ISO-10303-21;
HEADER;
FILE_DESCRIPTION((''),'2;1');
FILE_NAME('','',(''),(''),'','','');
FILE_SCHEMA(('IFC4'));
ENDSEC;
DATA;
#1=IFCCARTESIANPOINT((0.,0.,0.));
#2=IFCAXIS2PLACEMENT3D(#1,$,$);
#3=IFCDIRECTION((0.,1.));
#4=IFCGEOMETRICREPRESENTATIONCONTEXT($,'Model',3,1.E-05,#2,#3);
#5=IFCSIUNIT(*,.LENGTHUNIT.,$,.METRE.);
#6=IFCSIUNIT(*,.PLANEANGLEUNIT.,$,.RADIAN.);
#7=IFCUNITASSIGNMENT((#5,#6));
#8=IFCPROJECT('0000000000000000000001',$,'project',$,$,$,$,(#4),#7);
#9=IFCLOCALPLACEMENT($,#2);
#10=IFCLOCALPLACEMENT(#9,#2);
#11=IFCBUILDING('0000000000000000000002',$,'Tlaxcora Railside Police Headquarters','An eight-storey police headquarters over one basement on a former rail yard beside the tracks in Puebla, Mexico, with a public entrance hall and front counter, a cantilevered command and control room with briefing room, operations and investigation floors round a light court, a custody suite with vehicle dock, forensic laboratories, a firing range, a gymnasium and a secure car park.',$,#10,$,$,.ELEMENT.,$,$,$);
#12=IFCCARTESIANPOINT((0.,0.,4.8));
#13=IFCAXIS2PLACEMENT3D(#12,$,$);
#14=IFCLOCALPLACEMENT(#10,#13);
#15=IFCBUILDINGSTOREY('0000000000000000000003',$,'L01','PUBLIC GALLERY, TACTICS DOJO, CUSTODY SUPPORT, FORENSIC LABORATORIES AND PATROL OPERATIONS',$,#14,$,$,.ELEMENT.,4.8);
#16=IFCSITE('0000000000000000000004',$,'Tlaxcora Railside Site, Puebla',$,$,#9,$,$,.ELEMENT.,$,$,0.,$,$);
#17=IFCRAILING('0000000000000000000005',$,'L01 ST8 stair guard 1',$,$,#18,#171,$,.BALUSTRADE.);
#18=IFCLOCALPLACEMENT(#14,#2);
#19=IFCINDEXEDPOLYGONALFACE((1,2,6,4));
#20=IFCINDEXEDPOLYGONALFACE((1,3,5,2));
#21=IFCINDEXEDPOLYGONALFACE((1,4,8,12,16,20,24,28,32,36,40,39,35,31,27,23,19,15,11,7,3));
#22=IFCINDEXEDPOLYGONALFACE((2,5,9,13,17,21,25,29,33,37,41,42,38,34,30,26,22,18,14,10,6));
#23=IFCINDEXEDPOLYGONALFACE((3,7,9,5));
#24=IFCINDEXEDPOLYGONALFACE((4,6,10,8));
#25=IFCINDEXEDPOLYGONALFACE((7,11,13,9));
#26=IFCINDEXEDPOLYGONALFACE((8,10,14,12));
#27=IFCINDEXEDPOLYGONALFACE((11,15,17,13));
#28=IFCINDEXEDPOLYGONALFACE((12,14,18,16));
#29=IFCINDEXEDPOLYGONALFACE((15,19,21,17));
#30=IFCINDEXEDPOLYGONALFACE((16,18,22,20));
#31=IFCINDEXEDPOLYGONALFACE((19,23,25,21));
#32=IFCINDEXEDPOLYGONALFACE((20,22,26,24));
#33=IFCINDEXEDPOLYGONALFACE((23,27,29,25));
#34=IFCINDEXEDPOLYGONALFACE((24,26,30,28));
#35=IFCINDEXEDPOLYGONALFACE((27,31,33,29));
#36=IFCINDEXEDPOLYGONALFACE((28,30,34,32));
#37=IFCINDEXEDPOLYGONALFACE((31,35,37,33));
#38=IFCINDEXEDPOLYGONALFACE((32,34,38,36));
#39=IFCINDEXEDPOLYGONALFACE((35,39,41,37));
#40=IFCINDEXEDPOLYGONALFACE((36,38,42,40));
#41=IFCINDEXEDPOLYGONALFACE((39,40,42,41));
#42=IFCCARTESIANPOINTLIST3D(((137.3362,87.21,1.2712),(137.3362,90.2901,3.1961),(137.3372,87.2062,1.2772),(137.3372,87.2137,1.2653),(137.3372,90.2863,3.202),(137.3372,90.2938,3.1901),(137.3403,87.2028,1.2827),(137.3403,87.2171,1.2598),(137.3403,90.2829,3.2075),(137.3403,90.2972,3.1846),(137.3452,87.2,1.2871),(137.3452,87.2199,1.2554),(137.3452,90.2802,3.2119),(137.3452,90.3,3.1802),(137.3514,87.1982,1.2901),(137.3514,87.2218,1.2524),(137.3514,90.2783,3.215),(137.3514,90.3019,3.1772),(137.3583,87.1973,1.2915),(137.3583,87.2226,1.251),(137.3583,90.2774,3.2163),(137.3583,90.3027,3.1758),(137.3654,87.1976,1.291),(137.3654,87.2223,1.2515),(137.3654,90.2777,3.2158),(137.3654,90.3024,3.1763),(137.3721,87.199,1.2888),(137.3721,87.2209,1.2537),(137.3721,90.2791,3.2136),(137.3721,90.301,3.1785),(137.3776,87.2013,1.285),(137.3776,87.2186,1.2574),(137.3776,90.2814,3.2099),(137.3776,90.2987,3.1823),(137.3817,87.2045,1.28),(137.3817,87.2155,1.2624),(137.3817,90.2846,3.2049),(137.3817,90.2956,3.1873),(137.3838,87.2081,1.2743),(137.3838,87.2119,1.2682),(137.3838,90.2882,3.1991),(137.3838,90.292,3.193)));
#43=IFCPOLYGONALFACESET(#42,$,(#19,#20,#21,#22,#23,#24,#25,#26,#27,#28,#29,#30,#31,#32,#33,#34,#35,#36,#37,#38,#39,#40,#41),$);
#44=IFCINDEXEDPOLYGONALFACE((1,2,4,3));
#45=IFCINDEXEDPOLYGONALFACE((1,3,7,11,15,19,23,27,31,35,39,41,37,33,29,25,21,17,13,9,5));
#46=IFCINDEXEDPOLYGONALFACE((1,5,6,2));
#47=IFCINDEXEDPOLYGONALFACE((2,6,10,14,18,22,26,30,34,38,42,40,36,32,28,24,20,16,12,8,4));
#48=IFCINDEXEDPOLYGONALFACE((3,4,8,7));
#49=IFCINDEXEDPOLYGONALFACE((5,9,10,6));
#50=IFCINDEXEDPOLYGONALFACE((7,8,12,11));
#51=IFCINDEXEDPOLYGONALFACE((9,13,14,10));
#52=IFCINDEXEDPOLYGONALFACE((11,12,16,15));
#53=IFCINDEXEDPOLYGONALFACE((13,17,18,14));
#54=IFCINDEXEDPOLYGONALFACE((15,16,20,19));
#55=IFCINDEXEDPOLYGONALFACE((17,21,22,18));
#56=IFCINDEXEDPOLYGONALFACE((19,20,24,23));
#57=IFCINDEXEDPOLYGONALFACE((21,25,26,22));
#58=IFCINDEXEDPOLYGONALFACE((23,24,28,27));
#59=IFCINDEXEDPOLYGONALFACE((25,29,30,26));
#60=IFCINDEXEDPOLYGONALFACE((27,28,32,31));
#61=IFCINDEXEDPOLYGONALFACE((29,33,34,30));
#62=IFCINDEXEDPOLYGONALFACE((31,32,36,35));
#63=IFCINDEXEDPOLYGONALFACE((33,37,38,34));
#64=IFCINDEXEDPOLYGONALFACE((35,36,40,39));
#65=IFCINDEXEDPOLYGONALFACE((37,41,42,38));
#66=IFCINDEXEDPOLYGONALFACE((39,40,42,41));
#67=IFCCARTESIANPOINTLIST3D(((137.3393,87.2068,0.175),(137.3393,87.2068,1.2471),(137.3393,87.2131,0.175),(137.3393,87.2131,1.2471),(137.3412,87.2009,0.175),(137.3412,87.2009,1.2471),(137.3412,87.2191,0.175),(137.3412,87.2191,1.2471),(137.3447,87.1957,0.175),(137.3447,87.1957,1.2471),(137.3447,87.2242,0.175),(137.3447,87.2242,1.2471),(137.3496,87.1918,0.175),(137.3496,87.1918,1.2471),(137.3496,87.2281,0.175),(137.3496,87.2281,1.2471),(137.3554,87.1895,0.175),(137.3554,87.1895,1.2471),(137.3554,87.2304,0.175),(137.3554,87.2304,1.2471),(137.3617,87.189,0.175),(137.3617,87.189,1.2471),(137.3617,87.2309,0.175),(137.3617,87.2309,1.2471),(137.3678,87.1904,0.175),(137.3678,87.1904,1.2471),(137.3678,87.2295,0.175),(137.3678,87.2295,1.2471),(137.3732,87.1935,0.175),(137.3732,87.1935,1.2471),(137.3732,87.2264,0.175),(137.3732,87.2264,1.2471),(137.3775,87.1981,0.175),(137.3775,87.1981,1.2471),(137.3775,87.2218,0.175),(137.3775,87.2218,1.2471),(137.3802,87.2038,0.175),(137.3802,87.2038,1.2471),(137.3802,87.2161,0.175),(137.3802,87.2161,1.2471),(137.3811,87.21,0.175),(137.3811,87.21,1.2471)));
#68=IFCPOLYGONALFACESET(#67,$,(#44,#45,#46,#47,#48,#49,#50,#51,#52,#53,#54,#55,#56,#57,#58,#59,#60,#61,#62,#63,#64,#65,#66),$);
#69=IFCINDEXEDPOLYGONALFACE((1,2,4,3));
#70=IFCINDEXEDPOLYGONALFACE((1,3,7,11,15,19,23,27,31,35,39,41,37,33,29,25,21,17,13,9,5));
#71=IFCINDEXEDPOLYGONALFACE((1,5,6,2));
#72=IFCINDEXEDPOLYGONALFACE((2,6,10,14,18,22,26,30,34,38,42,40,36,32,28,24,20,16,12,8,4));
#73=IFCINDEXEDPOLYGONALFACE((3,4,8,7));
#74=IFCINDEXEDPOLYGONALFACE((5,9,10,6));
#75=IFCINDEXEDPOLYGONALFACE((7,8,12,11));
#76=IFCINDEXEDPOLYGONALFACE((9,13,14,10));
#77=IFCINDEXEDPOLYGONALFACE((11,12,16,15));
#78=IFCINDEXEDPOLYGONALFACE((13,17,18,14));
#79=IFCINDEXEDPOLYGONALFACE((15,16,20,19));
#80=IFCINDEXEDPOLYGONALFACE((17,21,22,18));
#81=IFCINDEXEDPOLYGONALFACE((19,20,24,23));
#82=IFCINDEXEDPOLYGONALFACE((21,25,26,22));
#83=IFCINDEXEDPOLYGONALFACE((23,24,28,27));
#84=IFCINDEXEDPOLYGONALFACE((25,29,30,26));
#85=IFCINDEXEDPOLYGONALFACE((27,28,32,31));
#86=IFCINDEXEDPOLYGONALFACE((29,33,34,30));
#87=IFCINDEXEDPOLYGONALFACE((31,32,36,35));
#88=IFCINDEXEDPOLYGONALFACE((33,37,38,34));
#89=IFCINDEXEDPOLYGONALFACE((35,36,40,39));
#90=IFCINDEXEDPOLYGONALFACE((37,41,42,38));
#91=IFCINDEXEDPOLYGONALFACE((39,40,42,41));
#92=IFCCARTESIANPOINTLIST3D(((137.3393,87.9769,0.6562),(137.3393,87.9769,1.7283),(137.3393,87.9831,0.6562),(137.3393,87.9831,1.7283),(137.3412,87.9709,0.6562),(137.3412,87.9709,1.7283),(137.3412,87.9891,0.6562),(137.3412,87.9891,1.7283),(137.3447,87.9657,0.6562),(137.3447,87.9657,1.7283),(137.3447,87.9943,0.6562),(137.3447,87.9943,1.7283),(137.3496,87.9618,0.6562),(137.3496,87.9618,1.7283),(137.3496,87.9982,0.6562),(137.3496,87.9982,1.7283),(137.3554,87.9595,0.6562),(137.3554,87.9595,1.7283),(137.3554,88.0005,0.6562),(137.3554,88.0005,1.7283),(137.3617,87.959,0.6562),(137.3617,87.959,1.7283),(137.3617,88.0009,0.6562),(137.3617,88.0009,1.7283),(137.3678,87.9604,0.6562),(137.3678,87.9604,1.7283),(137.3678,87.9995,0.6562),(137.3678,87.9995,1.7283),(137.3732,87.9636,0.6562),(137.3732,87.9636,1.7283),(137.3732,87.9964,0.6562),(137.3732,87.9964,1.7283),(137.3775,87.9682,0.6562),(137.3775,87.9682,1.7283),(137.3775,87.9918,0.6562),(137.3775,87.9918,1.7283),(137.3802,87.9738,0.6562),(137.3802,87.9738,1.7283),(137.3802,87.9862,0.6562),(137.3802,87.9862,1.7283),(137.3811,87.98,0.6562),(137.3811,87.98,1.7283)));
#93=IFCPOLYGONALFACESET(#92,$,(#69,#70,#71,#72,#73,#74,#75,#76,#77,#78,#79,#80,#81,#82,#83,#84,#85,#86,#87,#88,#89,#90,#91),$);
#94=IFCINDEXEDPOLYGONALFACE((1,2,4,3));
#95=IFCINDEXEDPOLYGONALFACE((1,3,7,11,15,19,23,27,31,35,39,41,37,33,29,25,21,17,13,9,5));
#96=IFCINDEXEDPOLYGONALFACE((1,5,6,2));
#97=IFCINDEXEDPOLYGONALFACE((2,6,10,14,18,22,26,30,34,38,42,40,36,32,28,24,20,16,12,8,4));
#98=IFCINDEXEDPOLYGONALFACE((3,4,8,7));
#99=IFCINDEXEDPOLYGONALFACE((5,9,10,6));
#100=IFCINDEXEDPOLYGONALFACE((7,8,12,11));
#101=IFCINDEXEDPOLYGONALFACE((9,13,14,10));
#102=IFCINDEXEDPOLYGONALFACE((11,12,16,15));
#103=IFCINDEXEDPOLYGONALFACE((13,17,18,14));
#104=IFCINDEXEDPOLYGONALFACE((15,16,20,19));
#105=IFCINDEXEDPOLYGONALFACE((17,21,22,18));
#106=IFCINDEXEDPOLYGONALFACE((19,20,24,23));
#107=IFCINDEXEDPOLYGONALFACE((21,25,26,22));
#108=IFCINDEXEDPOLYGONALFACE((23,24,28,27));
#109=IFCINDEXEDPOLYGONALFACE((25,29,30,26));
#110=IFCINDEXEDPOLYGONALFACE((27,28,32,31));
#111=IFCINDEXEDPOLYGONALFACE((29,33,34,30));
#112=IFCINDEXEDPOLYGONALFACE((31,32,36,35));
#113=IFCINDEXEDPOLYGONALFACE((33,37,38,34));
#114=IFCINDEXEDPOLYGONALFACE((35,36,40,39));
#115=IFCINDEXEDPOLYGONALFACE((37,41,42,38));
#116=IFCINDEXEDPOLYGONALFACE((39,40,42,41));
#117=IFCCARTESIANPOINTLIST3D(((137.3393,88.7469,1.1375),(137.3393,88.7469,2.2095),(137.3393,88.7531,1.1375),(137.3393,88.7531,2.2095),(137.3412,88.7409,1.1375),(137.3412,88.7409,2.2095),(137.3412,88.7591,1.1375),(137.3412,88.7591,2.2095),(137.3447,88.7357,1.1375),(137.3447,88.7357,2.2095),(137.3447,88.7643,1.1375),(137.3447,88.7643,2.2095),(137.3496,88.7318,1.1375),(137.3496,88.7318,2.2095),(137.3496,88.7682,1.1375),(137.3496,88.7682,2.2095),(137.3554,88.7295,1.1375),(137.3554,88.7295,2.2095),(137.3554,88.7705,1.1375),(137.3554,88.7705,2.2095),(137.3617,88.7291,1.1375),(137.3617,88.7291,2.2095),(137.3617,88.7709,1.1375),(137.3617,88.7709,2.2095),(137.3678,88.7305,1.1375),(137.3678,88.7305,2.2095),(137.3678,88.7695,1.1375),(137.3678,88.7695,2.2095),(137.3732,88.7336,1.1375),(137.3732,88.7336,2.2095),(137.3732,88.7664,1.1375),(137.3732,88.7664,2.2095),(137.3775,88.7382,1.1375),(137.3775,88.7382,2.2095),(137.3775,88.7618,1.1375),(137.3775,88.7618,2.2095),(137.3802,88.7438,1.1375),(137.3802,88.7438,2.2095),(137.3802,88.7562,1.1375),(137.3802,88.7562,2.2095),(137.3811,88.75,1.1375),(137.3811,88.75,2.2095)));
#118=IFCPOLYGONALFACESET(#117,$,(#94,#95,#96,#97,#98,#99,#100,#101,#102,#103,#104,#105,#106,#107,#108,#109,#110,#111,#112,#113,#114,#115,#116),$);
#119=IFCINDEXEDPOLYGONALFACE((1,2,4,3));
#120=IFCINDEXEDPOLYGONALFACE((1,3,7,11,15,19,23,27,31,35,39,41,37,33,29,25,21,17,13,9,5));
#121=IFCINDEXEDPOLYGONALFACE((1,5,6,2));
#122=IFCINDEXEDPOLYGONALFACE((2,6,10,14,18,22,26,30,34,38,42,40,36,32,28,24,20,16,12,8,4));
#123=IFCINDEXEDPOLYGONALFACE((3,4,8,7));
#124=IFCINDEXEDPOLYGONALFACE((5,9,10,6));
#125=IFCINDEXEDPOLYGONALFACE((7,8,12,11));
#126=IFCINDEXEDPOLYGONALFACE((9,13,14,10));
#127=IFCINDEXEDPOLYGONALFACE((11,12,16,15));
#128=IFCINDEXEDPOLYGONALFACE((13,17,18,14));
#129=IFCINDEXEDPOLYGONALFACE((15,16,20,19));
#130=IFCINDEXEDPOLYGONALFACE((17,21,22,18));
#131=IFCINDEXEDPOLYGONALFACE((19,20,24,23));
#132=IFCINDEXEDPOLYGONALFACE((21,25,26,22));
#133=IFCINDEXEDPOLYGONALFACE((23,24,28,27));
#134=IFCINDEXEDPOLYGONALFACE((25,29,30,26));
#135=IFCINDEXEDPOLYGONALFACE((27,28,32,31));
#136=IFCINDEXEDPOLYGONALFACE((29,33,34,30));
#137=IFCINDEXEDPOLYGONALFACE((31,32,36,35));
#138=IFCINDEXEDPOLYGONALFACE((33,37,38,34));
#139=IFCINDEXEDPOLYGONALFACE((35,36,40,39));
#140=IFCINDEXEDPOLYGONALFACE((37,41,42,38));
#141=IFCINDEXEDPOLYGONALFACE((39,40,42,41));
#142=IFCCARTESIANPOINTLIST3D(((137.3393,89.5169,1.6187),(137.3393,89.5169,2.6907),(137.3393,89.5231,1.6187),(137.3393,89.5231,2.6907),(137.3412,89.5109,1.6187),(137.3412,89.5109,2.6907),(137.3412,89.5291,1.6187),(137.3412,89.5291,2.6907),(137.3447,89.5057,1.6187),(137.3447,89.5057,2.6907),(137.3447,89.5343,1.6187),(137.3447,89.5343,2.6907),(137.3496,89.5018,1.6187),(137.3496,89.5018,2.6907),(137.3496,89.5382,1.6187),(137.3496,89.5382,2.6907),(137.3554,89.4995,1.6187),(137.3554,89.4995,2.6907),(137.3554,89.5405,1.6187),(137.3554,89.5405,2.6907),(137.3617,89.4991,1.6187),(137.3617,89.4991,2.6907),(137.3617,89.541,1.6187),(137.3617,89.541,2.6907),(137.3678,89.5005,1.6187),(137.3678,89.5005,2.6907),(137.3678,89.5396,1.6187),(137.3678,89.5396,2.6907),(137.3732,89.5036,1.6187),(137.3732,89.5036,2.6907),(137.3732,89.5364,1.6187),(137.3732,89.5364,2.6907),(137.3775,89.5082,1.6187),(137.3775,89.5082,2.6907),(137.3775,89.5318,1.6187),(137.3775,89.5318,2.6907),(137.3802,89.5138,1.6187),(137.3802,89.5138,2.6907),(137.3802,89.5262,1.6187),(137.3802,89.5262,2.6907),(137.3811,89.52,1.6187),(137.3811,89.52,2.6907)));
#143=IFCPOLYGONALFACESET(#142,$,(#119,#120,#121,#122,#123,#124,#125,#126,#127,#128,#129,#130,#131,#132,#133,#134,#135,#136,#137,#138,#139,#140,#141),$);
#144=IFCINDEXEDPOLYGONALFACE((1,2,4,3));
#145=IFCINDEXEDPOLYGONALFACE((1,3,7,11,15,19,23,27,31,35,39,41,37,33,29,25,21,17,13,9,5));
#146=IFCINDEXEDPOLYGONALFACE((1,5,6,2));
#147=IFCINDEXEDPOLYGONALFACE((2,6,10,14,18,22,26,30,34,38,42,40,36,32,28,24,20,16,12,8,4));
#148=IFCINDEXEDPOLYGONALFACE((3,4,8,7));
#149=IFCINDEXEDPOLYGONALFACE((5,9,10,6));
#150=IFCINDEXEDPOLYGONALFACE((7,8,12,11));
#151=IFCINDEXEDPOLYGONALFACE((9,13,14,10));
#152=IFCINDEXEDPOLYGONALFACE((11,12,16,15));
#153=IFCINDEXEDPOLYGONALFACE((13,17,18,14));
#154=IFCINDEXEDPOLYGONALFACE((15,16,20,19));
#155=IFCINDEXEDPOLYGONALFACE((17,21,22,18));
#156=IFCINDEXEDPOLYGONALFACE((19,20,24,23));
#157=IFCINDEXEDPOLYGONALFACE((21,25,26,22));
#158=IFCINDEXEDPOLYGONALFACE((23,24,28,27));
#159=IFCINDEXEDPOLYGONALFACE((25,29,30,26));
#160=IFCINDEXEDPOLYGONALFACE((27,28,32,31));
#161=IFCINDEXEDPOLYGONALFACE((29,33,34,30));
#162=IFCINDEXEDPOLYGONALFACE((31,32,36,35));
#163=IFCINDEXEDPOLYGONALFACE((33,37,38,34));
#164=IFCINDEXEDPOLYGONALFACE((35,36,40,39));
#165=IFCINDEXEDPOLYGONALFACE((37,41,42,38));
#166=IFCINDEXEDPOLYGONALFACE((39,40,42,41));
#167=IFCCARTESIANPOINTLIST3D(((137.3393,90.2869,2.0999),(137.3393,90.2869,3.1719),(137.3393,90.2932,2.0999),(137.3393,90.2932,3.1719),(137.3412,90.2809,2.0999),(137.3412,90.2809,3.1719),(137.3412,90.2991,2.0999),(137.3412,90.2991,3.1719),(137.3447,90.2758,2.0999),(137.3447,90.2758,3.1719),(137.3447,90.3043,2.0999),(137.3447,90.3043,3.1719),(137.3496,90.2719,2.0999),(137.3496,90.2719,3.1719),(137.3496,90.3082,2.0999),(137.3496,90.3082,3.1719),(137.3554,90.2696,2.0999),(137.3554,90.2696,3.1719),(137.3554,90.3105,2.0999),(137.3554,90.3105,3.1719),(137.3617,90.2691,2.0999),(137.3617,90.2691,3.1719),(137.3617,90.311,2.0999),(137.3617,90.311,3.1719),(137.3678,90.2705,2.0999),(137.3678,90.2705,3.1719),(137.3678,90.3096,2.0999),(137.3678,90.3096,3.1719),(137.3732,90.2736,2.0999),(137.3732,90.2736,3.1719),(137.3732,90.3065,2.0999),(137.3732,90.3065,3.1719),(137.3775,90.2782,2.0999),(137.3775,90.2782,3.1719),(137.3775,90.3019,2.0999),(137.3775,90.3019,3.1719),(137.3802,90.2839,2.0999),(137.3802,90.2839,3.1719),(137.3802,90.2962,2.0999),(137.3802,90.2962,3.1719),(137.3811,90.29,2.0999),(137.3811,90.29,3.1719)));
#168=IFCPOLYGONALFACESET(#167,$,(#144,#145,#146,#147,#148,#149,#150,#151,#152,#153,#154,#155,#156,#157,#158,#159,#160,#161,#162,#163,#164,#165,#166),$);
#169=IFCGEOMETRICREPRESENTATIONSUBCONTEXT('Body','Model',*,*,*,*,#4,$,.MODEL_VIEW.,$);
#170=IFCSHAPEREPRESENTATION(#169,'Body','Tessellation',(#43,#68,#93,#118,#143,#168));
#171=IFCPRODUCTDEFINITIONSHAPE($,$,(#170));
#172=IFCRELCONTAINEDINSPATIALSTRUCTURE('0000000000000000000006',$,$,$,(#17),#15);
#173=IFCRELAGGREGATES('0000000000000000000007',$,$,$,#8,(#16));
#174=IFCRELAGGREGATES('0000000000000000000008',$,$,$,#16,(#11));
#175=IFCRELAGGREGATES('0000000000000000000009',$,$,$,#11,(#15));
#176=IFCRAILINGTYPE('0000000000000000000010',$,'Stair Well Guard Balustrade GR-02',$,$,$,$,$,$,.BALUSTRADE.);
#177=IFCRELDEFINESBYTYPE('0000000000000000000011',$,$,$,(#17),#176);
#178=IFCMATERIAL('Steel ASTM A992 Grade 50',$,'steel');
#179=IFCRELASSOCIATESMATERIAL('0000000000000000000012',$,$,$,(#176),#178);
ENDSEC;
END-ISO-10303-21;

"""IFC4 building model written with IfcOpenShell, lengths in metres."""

from ifc_helpers import new_model, si_unit, direction, frame, origin, origin_2d, place, context, subcontext, project, spatial, circle, extrude, material, type_object, element, save


model = new_model("IFC4")

# Units and contexts
model_context = context("Model", 3, precision=1e-05, world=origin(), true_north=direction((0.0, 1.0)))
body_context = subcontext(model_context, "Body", "Model", "MODEL_VIEW")
ifc_project = project(units=[si_unit("LENGTHUNIT", "METRE"), si_unit("PLANEANGLEUNIT", "RADIAN")], contexts=[model_context])

# Site, building, storey
site_placement = place(None, origin())
site = spatial("IfcSite", under=ifc_project, at=site_placement, Name="Tlaxcora Railside Site, Puebla", CompositionType="ELEMENT", RefElevation=0.0)
building_placement = place(site_placement, origin())
building = spatial("IfcBuilding", under=site, at=building_placement, Name="Tlaxcora Railside Police Headquarters", Description="An eight-storey police headquarters over one basement on a former rail yard beside the tracks in Puebla, Mexico, with a public entrance hall and front counter, a cantilevered command and control room with briefing room, operations and investigation floors round a light court, a custody suite with vehicle dock, forensic laboratories, a firing range, a gymnasium and a secure car park.", CompositionType="ELEMENT")
storey_placement = place(building_placement, frame((0.0, 0.0, 4.8)))
storey = spatial("IfcBuildingStorey", under=building, at=storey_placement, Name="L01", Description="PUBLIC GALLERY, TACTICS DOJO, CUSTODY SUPPORT, FORENSIC LABORATORIES AND PATROL OPERATIONS", CompositionType="ELEMENT", Elevation=4.8)

# Shared definitions
ifc_material_1 = material(Name="Steel ASTM A992 Grade 50", Category="steel")

# Railing
railing_type_1 = type_object("IfcRailingType", Name="Stair Well Guard Balustrade GR-02", PredefinedType="BALUSTRADE", material=ifc_material_1)
railing_1_placement = place(storey_placement, frame((137.3601, 87.21, 0.175)))
element("IfcRailing", 1, at=railing_1_placement, inside=storey, type_object=railing_type_1, Name="L01 ST8 stair guard 1", PredefinedType="BALUSTRADE", context=body_context, shape_type="SweptSolid", body=[
    extrude(circle(Radius=0.0239, at=origin_2d()), frame((0.0, 0.0, 1.0962), z_axis=(0.0, 0.848029, 0.529951), x_axis=(-1.0, 0.0, 0.0)), (0.0, 0.0, 1.0), 3.6321),
    extrude(circle(Radius=0.021, at=origin_2d()), origin(), (0.0, 0.0, 1.0), 1.072),
    extrude(circle(Radius=0.021, at=origin_2d()), frame((0.0, 0.77, 0.4812)), (0.0, 0.0, 1.0), 1.072),
    extrude(circle(Radius=0.021, at=origin_2d()), frame((0.0, 1.54, 0.9624)), (0.0, 0.0, 1.0), 1.072),
    extrude(circle(Radius=0.021, at=origin_2d()), frame((0.0, 2.3101, 1.4436)), (0.0, 0.0, 1.0), 1.072),
    extrude(circle(Radius=0.021, at=origin_2d()), frame((0.0, 3.0801, 1.9248)), (0.0, 0.0, 1.0), 1.072),
])

save(model, "model.ifc")
